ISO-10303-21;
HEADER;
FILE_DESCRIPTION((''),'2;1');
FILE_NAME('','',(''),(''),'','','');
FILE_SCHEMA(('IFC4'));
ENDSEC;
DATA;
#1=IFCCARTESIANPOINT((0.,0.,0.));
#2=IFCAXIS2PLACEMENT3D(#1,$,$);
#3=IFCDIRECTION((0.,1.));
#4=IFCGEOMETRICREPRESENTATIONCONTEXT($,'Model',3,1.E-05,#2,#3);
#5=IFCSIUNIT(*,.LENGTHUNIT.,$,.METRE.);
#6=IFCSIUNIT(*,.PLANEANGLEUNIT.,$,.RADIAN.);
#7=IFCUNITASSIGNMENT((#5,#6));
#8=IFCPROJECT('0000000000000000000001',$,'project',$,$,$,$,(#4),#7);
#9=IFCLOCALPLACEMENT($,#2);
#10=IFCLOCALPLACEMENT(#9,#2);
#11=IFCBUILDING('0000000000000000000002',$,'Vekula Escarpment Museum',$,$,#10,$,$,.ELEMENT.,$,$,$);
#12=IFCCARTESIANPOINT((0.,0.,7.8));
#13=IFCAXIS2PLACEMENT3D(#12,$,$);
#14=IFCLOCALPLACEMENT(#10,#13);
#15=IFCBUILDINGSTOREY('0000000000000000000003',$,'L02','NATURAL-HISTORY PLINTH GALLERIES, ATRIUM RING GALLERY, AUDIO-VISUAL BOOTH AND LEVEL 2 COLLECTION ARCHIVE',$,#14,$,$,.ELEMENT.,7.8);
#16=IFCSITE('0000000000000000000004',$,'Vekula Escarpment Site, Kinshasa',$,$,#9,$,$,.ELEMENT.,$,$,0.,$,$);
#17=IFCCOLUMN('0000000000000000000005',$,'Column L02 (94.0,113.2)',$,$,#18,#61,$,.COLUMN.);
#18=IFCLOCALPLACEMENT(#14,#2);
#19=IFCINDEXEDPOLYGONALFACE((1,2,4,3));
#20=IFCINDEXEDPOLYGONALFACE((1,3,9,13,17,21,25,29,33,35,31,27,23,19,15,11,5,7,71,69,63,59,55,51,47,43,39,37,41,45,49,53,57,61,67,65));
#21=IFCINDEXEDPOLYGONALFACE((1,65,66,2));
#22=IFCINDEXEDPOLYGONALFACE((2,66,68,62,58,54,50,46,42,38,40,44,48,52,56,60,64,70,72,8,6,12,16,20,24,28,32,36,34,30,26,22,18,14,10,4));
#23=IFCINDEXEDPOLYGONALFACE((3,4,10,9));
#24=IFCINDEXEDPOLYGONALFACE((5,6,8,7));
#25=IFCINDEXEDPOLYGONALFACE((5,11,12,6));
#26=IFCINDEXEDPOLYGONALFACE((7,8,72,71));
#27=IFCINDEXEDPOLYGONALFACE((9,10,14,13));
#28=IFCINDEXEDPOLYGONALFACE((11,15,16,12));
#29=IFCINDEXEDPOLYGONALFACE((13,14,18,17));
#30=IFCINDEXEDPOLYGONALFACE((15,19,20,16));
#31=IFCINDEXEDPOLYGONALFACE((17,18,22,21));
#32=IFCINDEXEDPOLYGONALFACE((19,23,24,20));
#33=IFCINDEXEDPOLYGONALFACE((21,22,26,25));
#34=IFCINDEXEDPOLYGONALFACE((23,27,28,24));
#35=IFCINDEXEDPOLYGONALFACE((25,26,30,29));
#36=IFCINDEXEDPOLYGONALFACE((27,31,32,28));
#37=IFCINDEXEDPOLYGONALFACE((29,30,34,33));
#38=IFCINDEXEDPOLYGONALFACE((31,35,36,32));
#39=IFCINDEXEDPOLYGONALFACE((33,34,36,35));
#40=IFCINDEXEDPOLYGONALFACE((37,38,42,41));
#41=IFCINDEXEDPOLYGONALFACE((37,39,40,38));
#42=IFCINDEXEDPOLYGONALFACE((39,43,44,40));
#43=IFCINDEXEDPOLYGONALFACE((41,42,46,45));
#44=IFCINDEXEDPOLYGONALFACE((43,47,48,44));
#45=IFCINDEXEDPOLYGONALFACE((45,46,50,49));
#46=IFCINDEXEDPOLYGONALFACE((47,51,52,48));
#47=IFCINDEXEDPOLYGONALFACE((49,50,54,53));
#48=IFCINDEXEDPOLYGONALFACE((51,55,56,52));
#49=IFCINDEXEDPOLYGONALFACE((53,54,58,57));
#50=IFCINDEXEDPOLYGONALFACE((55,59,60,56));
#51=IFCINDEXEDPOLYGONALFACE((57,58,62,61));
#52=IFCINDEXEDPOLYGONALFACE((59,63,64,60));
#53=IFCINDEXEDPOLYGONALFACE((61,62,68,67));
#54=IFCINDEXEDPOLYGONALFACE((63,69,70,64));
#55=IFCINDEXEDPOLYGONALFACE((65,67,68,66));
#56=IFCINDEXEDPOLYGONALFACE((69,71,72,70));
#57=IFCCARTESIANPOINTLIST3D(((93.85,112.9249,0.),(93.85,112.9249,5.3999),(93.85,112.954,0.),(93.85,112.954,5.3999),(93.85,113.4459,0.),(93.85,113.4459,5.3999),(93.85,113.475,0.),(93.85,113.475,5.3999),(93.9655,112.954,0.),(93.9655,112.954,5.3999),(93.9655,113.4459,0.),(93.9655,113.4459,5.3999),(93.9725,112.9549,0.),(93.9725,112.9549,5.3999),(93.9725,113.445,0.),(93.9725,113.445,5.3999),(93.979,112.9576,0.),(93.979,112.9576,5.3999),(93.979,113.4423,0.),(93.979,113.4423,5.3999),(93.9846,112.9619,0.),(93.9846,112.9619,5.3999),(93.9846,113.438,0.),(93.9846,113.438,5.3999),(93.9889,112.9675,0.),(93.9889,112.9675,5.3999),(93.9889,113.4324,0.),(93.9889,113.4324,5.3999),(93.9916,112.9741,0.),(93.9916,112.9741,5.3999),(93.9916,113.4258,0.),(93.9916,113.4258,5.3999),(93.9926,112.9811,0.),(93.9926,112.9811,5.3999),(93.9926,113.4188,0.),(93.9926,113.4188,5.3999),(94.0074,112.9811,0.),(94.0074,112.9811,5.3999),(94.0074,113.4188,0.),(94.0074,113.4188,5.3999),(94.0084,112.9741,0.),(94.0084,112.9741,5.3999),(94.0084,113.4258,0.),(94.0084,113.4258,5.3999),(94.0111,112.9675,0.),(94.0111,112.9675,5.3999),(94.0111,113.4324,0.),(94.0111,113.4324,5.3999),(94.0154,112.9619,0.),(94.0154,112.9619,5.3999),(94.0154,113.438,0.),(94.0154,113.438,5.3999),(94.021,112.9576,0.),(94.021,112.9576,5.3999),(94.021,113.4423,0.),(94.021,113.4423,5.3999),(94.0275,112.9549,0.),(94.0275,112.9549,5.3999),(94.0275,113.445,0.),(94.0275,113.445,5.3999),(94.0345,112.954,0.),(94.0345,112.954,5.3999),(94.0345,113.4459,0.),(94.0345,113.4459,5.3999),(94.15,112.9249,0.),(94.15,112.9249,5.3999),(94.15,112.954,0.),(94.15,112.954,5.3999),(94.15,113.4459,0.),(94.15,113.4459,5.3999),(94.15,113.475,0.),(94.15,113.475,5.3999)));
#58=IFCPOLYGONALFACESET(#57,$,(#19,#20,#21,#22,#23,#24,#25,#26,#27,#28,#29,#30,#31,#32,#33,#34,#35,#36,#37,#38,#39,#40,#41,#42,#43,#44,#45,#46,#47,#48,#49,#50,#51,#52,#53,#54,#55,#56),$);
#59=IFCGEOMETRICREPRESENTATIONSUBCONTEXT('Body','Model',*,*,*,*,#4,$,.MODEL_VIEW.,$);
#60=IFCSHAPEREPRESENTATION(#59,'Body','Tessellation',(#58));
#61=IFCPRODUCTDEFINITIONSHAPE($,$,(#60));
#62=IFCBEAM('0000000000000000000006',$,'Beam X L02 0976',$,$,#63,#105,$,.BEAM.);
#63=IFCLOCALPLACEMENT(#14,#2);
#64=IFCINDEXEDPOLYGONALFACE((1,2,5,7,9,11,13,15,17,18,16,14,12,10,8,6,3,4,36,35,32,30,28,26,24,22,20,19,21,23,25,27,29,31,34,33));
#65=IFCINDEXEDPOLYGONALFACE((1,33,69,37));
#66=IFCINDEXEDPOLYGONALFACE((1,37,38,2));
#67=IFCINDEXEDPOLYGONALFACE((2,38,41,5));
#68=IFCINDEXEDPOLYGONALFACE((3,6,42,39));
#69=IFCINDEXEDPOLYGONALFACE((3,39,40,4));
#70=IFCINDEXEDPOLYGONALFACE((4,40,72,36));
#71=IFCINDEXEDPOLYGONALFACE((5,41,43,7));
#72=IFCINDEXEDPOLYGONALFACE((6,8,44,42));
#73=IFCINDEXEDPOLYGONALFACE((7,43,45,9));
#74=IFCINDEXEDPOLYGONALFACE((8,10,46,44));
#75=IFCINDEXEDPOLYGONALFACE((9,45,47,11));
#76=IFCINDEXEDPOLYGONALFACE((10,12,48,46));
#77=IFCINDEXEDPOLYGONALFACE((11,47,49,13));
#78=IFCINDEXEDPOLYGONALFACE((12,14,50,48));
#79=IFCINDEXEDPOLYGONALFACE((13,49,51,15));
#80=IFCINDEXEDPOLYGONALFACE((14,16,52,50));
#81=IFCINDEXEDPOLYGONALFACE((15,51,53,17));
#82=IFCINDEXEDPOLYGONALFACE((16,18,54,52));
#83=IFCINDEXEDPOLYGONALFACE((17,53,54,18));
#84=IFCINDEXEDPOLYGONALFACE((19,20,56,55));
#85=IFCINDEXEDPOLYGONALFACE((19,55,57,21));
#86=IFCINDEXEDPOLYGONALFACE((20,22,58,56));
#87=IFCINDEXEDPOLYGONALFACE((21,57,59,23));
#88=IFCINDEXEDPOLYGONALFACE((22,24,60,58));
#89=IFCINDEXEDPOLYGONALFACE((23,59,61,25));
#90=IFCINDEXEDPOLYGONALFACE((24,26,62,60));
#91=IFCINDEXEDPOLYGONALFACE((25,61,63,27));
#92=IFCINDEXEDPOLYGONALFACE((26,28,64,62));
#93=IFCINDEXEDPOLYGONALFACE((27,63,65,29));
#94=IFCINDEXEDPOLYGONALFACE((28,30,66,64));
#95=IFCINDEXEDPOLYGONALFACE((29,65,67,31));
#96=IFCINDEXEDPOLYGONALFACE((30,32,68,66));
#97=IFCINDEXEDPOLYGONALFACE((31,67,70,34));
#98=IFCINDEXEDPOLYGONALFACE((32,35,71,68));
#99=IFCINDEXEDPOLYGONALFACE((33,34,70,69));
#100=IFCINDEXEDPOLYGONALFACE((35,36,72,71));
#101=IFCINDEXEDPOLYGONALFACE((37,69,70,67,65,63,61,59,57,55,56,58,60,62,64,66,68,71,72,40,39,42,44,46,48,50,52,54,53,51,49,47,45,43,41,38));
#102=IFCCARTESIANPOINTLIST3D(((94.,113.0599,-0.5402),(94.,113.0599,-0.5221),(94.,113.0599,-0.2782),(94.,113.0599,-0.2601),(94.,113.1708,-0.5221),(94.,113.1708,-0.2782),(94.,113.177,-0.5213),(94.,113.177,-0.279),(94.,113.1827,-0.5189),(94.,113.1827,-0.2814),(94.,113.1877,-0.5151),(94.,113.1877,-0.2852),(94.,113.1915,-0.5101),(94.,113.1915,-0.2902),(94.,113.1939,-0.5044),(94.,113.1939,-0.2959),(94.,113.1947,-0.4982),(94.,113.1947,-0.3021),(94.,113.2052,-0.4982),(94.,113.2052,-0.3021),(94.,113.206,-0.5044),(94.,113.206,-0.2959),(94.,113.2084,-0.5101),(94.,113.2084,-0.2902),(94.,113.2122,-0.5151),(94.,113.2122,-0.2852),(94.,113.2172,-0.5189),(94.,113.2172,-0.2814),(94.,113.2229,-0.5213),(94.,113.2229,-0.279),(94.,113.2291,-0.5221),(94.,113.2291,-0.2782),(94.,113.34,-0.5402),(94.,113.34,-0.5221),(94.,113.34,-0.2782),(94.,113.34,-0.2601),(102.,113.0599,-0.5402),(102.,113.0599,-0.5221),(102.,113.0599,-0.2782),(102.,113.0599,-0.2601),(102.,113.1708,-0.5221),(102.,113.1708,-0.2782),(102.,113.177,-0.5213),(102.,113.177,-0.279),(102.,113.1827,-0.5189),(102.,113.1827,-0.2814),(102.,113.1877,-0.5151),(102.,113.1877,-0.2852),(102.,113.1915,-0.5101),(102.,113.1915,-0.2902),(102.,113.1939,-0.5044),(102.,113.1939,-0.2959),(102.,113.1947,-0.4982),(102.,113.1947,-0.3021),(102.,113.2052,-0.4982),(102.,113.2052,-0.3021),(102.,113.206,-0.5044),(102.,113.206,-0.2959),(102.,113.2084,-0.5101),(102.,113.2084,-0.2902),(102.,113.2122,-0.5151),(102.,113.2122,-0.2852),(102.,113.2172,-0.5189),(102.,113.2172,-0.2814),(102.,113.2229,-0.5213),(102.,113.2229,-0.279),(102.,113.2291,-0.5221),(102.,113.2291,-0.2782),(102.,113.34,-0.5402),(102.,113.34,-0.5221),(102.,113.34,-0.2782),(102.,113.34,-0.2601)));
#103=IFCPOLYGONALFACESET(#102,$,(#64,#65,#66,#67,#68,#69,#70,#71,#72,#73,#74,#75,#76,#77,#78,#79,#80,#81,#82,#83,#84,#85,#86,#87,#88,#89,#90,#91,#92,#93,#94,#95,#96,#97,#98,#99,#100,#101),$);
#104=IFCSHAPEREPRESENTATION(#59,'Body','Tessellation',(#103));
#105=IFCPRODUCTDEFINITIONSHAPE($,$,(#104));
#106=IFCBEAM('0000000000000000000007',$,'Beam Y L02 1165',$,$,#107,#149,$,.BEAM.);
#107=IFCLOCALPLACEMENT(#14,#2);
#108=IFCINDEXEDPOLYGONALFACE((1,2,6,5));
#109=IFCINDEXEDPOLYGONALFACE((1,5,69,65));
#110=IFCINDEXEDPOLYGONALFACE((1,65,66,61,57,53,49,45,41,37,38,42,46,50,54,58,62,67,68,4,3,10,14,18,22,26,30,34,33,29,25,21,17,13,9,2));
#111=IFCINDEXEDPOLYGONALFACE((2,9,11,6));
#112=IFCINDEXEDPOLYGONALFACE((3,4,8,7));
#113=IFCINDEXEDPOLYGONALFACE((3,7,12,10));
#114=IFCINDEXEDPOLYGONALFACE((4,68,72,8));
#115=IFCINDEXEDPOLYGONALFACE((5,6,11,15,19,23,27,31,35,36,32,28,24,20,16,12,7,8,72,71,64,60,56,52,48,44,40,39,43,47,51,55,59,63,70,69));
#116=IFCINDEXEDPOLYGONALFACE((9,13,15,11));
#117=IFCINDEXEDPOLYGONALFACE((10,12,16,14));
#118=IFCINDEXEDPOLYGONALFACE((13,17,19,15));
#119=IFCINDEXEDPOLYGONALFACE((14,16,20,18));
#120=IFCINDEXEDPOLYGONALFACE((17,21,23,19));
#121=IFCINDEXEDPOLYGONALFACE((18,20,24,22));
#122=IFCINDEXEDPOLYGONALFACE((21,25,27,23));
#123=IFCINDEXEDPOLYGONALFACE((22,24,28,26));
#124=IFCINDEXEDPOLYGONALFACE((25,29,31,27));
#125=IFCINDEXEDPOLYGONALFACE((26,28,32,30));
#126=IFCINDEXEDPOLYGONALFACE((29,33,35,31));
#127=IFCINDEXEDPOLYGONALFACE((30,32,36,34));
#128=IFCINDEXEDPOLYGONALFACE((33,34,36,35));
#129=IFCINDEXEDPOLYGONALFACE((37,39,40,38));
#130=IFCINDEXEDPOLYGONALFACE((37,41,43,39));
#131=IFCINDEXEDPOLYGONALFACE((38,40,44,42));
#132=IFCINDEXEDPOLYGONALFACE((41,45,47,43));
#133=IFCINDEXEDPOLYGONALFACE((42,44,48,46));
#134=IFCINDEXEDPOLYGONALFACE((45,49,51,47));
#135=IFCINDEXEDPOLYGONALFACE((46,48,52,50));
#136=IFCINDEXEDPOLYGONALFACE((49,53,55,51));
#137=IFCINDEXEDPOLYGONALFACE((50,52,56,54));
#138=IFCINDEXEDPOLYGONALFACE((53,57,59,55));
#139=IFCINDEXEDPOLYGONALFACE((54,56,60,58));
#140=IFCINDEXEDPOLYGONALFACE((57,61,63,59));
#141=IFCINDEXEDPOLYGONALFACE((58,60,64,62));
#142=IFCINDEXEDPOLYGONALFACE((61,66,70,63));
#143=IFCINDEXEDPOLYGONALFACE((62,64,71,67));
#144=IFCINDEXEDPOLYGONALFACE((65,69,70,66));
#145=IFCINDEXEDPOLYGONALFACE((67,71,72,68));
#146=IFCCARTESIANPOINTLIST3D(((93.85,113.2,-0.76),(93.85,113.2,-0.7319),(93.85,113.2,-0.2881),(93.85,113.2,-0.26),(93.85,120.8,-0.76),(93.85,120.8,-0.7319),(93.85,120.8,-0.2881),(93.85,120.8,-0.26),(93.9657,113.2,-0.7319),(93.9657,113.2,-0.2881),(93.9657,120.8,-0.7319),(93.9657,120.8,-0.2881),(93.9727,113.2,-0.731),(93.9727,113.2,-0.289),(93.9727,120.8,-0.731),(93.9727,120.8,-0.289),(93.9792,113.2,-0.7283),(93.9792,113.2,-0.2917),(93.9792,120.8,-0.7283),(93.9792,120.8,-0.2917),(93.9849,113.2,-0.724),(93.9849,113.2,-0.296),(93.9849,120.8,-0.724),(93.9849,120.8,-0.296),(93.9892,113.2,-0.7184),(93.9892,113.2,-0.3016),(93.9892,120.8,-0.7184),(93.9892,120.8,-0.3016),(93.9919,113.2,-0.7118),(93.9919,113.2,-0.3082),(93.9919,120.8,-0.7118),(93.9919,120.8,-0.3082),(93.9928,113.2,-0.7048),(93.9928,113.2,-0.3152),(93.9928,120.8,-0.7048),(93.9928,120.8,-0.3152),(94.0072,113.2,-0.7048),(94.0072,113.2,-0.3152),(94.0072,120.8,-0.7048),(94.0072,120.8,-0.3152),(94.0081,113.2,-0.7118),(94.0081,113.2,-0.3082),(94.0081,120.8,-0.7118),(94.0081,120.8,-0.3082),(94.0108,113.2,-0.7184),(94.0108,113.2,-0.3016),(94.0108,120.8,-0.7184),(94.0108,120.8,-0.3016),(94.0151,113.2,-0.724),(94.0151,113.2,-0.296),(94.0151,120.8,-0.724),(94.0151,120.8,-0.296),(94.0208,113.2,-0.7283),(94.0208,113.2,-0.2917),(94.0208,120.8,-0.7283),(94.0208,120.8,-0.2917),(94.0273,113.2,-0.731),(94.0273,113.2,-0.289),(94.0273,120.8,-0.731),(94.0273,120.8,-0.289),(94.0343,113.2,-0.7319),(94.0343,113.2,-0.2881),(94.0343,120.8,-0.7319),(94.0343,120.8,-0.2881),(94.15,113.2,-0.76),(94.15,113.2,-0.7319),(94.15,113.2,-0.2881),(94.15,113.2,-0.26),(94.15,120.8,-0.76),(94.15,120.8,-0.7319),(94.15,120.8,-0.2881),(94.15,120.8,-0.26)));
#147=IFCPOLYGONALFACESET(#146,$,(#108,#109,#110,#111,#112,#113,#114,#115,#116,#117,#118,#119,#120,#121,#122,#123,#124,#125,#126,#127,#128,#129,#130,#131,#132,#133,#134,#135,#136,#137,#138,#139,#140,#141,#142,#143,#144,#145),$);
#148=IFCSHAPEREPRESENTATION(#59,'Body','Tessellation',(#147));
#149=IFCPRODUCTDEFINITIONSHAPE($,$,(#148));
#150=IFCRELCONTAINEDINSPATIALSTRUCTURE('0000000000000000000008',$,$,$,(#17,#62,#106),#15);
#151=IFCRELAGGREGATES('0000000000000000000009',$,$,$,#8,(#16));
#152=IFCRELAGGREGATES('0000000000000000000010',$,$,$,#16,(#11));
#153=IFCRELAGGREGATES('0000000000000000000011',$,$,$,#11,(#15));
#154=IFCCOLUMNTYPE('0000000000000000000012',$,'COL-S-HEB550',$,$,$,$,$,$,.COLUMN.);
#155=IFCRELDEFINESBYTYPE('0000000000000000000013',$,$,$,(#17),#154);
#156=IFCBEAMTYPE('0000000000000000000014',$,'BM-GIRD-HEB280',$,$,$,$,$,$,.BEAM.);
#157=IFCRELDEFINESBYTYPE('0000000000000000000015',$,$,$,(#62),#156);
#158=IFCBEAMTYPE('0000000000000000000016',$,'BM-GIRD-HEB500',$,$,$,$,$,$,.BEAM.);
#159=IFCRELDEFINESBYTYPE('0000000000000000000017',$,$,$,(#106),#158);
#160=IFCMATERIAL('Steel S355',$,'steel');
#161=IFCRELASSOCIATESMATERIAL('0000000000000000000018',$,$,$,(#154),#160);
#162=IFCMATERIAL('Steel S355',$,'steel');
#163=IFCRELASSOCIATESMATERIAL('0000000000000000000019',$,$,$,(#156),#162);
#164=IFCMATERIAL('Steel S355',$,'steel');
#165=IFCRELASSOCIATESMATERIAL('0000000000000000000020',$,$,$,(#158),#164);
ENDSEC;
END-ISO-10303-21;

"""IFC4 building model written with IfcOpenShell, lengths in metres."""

from ifc_helpers import new_model, si_unit, direction, frame, origin, origin_2d, place, context, subcontext, project, spatial, i_section, extrude, material, material_profile, profile_set, type_object, element, save


model = new_model("IFC4")

# Units and contexts
model_context = context("Model", 3, precision=1e-05, world=origin(), true_north=direction((0.0, 1.0)))
body_context = subcontext(model_context, "Body", "Model", "MODEL_VIEW")
ifc_project = project(units=[si_unit("LENGTHUNIT", "METRE"), si_unit("PLANEANGLEUNIT", "RADIAN")], contexts=[model_context])

# Site, building, storey
site_placement = place(None, origin())
site = spatial("IfcSite", under=ifc_project, at=site_placement, Name="Vekula Escarpment Site, Kinshasa", CompositionType="ELEMENT", RefElevation=0.0)
building_placement = place(site_placement, origin())
building = spatial("IfcBuilding", under=site, at=building_placement, Name="Vekula Escarpment Museum", CompositionType="ELEMENT")
storey_placement = place(building_placement, frame((0.0, 0.0, 7.8)))
storey = spatial("IfcBuildingStorey", under=building, at=storey_placement, Name="L02", Description="NATURAL-HISTORY PLINTH GALLERIES, ATRIUM RING GALLERY, AUDIO-VISUAL BOOTH AND LEVEL 2 COLLECTION ARCHIVE", CompositionType="ELEMENT", Elevation=7.8)

# Column
ifc_material_1 = material(Name="Steel S355", Category="steel")
ifc_material_profile_1 = material_profile(ifc_material_1, i_section(OverallWidth=0.3, OverallDepth=0.55, WebThickness=0.0149, FlangeThickness=0.0291, FilletRadius=0.0271, at=origin_2d()), Name="HEB 550")
ifc_profile_set_1 = profile_set([ifc_material_profile_1], Name="Steel S355")
column_type = type_object("IfcColumnType", Name="COL-S-HEB550", PredefinedType="COLUMN", material=ifc_profile_set_1)
column_placement = place(storey_placement, frame((94.0, 113.2, 0.0), z_axis=(0.0, 0.0, 1.0), x_axis=(1.0, 0.0, 0.0)))
element("IfcColumn", 1, at=column_placement, inside=storey, type_object=column_type, Name="Column L02 (94.0,113.2)", PredefinedType="COLUMN", context=body_context, shape_type="SweptSolid", body=[
    extrude(i_section(OverallWidth=0.3, OverallDepth=0.55, WebThickness=0.0149, FlangeThickness=0.0291, FilletRadius=0.0271, at=origin_2d()), origin(), (0.0, 0.0, 1.0), 5.3999),
])

# Beams
ifc_material_2 = material(Name="Steel S355", Category="steel")
ifc_material_profile_2 = material_profile(ifc_material_2, i_section(OverallWidth=0.28, OverallDepth=0.28, WebThickness=0.0105, FlangeThickness=0.0181, FilletRadius=0.0239, at=origin_2d()), Name="HEB 280")
ifc_profile_set_2 = profile_set([ifc_material_profile_2], Name="Steel S355")
beam_type_1 = type_object("IfcBeamType", Name="BM-GIRD-HEB280", PredefinedType="BEAM", material=ifc_profile_set_2)
beam_1_placement = place(storey_placement, frame((94.0, 113.2, -0.4001), z_axis=(1.0, 0.0, 0.0), x_axis=(0.0, 1.0, 0.0)))
element("IfcBeam", 2, at=beam_1_placement, inside=storey, type_object=beam_type_1, Name="Beam X L02 0976", PredefinedType="BEAM", context=body_context, shape_type="SweptSolid", body=[
    extrude(i_section(OverallWidth=0.28, OverallDepth=0.28, WebThickness=0.0105, FlangeThickness=0.0181, FilletRadius=0.0239, at=origin_2d()), origin(), (0.0, 0.0, 1.0), 8.0),
])
ifc_material_3 = material(Name="Steel S355", Category="steel")
ifc_material_profile_3 = material_profile(ifc_material_3, i_section(OverallWidth=0.3, OverallDepth=0.5, WebThickness=0.0144, FlangeThickness=0.0281, FilletRadius=0.0271, at=origin_2d()), Name="HEB 500")
ifc_profile_set_3 = profile_set([ifc_material_profile_3], Name="Steel S355")
beam_type_2 = type_object("IfcBeamType", Name="BM-GIRD-HEB500", PredefinedType="BEAM", material=ifc_profile_set_3)
beam_2_placement = place(storey_placement, frame((94.0, 113.2, -0.51), z_axis=(0.0, 1.0, 0.0), x_axis=(-1.0, 0.0, 0.0)))
element("IfcBeam", 3, at=beam_2_placement, inside=storey, type_object=beam_type_2, Name="Beam Y L02 1165", PredefinedType="BEAM", context=body_context, shape_type="SweptSolid", body=[
    extrude(i_section(OverallWidth=0.3, OverallDepth=0.5, WebThickness=0.0144, FlangeThickness=0.0281, FilletRadius=0.0271, at=origin_2d()), origin(), (0.0, 0.0, 1.0), 7.6001),
])

save(model, "model.ifc")
